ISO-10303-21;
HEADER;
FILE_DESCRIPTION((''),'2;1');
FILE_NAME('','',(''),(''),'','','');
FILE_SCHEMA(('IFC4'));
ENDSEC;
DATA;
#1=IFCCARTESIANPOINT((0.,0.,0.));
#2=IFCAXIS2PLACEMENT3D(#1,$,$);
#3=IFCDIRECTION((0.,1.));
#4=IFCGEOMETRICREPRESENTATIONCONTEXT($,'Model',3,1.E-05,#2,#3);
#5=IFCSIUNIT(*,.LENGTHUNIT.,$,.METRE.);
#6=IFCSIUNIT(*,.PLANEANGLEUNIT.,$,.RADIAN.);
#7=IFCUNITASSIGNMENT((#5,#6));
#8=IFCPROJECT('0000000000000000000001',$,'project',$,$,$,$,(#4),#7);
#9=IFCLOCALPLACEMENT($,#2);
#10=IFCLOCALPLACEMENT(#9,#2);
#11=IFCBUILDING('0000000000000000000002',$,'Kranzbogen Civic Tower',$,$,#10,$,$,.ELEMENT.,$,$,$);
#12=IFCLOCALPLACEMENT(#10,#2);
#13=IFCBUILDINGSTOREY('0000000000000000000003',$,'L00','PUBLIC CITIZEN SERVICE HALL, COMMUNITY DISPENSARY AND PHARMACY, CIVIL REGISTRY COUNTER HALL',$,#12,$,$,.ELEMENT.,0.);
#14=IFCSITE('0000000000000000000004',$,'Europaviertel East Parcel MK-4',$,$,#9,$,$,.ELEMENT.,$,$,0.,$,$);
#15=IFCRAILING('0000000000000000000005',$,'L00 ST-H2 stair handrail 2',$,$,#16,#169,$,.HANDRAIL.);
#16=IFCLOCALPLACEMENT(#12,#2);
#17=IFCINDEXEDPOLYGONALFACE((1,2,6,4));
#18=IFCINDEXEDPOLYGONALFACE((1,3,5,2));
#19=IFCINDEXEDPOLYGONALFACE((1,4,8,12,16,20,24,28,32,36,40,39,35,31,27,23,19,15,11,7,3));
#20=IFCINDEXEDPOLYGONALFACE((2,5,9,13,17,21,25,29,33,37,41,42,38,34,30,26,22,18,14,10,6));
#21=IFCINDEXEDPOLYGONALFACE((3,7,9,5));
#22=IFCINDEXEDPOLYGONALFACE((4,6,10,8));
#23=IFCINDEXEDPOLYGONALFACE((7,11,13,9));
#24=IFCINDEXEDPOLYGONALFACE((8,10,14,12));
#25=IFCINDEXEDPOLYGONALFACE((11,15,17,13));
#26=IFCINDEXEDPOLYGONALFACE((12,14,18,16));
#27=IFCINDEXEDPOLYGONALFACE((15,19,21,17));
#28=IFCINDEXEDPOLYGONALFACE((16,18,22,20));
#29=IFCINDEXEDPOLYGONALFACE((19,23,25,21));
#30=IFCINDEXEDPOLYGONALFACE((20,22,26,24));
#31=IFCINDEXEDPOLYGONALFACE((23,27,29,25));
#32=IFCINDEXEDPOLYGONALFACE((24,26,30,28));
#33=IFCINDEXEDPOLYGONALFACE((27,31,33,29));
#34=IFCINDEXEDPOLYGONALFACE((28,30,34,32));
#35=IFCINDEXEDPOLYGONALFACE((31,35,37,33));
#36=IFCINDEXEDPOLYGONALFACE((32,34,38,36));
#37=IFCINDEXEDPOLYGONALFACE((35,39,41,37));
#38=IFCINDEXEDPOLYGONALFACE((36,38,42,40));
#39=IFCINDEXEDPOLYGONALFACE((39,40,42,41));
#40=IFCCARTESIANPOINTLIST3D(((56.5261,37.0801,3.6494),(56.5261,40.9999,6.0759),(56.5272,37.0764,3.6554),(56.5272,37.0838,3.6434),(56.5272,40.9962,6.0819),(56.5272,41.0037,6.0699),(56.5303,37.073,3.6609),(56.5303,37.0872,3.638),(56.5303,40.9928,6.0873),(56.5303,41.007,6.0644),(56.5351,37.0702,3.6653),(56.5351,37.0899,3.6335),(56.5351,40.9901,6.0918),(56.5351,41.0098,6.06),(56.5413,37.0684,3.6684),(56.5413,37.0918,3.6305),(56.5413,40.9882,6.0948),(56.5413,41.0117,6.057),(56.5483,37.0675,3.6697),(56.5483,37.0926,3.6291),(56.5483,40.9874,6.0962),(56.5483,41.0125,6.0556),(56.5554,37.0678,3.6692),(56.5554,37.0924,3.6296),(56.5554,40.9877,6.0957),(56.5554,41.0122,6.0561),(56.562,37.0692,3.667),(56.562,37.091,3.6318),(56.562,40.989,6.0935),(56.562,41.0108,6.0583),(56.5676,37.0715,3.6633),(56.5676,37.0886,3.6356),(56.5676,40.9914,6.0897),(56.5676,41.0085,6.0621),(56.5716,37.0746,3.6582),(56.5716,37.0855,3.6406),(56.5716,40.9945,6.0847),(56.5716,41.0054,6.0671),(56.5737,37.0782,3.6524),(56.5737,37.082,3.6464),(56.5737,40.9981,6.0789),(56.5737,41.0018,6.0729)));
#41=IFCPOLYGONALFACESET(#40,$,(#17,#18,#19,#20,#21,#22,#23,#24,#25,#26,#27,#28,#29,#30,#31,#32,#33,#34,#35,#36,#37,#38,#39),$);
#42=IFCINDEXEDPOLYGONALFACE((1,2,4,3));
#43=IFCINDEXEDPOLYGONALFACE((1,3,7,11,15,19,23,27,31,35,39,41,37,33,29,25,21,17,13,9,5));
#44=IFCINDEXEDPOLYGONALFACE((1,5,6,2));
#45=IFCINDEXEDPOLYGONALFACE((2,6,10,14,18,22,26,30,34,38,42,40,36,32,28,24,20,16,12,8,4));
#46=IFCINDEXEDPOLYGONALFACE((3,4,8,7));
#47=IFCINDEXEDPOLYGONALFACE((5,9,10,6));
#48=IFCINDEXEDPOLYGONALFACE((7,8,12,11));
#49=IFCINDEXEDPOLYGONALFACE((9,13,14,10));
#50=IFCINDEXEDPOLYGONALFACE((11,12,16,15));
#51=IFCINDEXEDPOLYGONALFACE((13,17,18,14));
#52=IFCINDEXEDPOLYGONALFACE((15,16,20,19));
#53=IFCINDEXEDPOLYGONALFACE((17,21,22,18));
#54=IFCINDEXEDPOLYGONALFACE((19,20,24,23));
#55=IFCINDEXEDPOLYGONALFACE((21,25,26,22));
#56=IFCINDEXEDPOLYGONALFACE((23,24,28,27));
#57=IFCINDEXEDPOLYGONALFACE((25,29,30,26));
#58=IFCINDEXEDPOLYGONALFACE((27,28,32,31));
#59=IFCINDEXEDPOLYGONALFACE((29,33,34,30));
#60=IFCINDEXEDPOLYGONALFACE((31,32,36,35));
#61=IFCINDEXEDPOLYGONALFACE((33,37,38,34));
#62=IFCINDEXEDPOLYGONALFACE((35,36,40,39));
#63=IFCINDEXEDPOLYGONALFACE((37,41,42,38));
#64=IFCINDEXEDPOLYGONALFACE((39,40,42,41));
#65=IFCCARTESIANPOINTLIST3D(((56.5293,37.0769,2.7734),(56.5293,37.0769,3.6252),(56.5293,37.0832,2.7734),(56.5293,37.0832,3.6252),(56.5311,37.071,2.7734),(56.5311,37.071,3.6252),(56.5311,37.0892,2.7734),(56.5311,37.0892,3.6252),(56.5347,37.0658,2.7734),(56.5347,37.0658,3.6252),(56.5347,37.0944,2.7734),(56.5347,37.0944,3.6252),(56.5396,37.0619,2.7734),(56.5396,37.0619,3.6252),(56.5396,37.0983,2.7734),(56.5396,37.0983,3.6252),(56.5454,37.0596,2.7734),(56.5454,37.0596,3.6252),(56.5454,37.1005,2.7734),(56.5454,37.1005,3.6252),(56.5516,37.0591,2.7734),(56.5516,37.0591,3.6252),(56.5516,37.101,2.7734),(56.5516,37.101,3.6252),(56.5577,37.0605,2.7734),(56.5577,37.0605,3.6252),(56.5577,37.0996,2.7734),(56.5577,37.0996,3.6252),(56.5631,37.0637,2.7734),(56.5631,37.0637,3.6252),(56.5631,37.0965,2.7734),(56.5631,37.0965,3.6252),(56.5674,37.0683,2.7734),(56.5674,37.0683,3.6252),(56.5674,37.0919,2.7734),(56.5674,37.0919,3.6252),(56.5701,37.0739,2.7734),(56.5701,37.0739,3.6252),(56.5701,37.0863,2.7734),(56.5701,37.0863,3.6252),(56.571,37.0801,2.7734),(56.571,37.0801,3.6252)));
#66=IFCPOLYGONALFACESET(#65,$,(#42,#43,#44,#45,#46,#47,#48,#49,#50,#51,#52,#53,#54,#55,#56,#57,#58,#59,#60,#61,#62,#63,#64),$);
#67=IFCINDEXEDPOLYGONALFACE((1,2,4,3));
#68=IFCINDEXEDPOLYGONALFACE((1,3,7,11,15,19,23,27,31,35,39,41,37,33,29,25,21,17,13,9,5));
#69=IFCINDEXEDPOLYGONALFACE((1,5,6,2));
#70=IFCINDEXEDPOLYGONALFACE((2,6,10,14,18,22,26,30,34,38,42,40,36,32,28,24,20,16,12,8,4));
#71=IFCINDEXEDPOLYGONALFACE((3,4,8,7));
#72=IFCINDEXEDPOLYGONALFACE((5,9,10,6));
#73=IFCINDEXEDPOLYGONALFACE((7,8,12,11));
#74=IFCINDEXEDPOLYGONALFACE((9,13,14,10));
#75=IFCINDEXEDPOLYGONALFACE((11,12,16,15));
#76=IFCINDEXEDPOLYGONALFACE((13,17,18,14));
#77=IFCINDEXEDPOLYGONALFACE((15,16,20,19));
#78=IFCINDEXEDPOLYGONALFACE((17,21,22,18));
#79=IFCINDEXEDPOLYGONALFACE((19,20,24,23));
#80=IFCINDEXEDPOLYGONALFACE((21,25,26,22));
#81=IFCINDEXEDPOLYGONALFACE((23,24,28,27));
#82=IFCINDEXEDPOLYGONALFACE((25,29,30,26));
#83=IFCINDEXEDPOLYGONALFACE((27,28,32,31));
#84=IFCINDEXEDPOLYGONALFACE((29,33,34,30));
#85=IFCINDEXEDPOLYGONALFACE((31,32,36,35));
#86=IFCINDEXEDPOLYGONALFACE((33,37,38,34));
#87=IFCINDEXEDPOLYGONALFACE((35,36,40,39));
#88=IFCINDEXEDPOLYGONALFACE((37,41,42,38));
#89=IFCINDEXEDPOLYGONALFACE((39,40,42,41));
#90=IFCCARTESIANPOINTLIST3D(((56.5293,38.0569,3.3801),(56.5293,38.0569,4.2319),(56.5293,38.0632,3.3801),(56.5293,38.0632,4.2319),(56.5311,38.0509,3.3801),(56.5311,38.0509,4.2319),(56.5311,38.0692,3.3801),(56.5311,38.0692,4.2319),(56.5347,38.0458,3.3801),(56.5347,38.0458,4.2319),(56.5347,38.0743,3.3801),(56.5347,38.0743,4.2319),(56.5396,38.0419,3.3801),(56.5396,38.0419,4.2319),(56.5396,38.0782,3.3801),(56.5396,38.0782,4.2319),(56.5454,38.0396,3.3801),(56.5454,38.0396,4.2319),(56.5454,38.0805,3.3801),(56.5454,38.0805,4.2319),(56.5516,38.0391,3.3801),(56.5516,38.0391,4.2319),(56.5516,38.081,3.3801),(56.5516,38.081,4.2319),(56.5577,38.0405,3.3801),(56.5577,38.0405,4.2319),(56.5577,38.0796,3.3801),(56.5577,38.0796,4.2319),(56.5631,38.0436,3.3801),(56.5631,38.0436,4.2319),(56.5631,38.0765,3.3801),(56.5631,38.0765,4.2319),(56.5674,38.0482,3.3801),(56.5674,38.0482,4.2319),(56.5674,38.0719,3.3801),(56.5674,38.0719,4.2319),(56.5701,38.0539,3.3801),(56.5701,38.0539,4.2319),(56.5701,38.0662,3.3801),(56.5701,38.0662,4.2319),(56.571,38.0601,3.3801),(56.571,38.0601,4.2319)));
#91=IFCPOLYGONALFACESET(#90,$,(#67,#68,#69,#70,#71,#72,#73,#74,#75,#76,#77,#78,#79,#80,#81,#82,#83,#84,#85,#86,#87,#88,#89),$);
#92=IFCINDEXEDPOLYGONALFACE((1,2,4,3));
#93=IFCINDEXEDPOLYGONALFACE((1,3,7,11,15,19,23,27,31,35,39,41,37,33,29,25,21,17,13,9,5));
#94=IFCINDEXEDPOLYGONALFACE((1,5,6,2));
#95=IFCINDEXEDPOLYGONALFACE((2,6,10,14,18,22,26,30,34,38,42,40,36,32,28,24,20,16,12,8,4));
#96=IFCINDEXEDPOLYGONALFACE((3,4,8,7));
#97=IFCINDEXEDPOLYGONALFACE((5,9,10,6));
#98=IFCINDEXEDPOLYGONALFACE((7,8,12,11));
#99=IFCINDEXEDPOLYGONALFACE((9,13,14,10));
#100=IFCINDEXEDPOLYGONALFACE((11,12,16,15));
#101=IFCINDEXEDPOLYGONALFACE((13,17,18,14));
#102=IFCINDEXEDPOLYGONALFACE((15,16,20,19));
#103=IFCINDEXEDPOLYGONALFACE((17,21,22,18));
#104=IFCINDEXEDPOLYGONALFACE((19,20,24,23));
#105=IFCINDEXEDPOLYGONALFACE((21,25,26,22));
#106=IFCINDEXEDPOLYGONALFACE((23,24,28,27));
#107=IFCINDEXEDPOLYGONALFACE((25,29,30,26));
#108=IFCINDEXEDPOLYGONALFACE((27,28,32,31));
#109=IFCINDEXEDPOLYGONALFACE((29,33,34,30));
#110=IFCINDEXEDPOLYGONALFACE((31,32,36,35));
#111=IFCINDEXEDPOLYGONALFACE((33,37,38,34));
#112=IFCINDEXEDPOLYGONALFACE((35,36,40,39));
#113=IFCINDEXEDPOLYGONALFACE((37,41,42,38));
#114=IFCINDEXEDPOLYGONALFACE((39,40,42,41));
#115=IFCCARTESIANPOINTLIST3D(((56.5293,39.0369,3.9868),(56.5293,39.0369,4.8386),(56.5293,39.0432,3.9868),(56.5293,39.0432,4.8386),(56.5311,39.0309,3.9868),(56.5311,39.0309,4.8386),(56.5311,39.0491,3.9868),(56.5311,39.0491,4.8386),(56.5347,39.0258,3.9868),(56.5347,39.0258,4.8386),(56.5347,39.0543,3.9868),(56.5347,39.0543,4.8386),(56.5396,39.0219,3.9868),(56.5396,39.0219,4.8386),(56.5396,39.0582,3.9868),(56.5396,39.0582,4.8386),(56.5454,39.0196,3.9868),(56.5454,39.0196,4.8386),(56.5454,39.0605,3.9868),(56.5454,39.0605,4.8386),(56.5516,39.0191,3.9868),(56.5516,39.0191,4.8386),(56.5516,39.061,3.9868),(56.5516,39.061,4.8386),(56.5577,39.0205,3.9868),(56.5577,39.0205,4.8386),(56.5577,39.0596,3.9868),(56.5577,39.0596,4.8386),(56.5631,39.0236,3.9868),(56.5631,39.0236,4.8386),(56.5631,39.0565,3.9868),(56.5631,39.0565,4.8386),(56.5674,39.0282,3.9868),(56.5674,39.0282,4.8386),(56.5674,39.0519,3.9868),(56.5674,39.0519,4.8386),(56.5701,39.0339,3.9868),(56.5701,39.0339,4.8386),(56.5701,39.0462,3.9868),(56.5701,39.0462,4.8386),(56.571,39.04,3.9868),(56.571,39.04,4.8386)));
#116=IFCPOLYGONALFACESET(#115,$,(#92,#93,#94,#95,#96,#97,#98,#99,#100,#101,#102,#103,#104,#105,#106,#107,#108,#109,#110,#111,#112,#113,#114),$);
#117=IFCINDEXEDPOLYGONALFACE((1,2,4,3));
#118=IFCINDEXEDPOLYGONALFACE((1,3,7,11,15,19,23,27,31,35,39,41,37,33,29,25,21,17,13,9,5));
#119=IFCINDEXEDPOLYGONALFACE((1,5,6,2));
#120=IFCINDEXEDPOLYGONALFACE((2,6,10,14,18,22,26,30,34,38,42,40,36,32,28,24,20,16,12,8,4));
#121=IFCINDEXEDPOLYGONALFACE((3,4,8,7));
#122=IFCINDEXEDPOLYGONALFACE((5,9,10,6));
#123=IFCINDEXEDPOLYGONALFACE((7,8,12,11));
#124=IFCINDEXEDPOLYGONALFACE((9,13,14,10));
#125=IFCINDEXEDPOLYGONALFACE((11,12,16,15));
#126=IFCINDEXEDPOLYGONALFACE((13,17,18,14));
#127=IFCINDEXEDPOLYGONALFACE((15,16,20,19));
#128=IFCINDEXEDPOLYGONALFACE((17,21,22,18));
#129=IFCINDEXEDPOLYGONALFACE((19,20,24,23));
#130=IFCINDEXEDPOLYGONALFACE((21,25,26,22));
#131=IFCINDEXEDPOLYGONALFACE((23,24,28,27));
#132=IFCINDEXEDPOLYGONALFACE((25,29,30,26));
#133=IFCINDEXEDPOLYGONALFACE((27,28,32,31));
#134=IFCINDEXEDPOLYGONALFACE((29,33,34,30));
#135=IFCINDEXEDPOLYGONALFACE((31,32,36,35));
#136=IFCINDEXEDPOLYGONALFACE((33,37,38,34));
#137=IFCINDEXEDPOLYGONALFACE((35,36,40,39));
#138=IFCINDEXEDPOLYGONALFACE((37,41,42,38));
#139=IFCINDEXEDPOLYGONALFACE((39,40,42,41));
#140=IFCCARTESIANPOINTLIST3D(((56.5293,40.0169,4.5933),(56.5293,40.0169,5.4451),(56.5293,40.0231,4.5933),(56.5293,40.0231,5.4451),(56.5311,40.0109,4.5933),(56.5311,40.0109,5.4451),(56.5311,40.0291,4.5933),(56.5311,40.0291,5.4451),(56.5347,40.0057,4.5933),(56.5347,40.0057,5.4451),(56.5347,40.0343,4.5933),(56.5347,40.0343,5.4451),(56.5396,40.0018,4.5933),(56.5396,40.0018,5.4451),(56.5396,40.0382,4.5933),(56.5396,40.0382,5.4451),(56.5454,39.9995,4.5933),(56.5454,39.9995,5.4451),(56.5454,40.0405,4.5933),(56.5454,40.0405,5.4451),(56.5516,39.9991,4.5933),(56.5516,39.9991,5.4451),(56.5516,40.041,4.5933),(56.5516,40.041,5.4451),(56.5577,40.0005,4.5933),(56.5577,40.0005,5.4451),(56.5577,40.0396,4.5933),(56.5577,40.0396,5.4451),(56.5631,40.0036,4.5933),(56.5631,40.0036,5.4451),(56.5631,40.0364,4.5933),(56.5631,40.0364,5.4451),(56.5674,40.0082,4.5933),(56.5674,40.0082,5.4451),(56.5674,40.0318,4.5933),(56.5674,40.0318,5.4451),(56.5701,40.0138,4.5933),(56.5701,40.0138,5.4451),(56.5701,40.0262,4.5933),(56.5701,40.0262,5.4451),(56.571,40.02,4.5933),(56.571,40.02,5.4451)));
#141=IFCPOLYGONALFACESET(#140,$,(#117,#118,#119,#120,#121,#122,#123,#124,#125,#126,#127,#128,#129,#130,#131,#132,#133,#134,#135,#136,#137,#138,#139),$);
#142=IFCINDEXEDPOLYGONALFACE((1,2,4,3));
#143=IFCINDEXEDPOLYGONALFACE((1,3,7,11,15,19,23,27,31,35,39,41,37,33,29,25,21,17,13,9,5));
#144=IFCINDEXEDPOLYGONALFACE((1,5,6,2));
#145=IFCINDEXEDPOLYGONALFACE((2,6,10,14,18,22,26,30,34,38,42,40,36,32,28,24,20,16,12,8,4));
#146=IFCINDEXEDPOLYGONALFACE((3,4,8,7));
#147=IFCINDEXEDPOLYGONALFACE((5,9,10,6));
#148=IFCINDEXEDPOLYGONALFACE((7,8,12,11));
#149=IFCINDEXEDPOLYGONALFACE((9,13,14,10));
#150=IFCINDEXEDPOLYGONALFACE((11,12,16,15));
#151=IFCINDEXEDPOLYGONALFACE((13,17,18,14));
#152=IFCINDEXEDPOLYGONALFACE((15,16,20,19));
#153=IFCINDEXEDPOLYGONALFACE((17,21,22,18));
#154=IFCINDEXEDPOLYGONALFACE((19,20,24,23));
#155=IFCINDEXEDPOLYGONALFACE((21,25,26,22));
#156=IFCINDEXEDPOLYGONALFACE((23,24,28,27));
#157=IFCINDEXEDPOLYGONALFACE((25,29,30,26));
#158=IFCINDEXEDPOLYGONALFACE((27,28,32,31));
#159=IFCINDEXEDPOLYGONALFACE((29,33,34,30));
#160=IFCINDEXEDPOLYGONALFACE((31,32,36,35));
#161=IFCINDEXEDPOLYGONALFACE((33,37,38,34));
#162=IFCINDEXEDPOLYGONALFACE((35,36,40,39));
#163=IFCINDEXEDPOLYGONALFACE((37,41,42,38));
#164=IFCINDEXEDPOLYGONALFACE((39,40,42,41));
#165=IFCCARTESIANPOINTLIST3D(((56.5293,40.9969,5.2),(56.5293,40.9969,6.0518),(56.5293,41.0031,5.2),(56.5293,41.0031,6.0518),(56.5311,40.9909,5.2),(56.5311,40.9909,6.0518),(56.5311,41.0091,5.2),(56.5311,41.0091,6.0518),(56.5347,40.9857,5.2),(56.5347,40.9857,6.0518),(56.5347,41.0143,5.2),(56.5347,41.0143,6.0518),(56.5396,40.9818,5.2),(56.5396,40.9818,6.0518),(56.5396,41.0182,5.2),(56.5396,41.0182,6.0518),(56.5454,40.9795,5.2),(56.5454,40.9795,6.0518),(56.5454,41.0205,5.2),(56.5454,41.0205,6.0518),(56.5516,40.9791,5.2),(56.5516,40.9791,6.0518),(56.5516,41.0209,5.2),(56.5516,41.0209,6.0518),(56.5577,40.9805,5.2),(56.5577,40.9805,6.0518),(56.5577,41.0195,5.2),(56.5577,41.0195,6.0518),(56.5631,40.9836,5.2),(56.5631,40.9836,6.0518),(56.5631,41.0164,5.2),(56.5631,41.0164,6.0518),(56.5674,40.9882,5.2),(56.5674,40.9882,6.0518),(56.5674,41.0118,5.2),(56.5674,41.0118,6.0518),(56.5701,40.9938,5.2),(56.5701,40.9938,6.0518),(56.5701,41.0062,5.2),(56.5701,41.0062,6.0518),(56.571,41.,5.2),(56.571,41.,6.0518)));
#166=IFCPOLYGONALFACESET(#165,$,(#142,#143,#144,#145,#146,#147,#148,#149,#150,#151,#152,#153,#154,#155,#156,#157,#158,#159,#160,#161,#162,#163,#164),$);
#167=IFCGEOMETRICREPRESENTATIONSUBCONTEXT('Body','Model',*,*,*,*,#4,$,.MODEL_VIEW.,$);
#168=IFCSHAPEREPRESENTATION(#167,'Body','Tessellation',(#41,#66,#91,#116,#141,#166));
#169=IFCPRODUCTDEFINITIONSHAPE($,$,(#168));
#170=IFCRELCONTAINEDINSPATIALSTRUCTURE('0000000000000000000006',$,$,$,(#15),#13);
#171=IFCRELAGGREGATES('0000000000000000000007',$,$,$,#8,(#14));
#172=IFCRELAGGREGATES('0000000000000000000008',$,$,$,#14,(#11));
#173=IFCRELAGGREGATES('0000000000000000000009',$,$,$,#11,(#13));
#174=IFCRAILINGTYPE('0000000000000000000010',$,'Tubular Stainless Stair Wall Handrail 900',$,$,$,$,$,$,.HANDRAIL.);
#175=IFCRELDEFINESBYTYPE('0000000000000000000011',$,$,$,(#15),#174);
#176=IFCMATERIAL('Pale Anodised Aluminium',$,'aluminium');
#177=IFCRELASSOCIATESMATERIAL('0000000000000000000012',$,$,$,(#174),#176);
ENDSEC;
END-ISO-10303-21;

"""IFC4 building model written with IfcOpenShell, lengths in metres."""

from ifc_helpers import new_model, si_unit, direction, frame, origin, origin_2d, place, context, subcontext, project, spatial, circle, extrude, material, type_object, element, save


model = new_model("IFC4")

# Units and contexts
model_context = context("Model", 3, precision=1e-05, world=origin(), true_north=direction((0.0, 1.0)))
body_context = subcontext(model_context, "Body", "Model", "MODEL_VIEW")
ifc_project = project(units=[si_unit("LENGTHUNIT", "METRE"), si_unit("PLANEANGLEUNIT", "RADIAN")], contexts=[model_context])

# Site, building, storey
site_placement = place(None, origin())
site = spatial("IfcSite", under=ifc_project, at=site_placement, Name="Europaviertel East Parcel MK-4", CompositionType="ELEMENT", RefElevation=0.0)
building_placement = place(site_placement, origin())
building = spatial("IfcBuilding", under=site, at=building_placement, Name="Kranzbogen Civic Tower", CompositionType="ELEMENT")
storey_placement = place(building_placement, origin())
storey = spatial("IfcBuildingStorey", under=building, at=storey_placement, Name="L00", Description="PUBLIC CITIZEN SERVICE HALL, COMMUNITY DISPENSARY AND PHARMACY, CIVIL REGISTRY COUNTER HALL", CompositionType="ELEMENT", Elevation=0.0)

# Railing
ifc_material_1 = material(Name="Pale Anodised Aluminium", Category="aluminium")
railing_type_1 = type_object("IfcRailingType", Name="Tubular Stainless Stair Wall Handrail 900", PredefinedType="HANDRAIL", material=ifc_material_1)
railing_1_placement = place(storey_placement, frame((56.55, 37.0801, 2.7734)))
element("IfcRailing", 1, at=railing_1_placement, inside=storey, type_object=railing_type_1, Name="L00 ST-H2 stair handrail 2", PredefinedType="HANDRAIL", context=body_context, shape_type="SweptSolid", body=[
    extrude(circle(Radius=0.0239, at=origin_2d()), frame((0.0, 0.0, 0.876), z_axis=(0.0, 0.850275, 0.526338), x_axis=(-1.0, 0.0, 0.0)), (0.0, 0.0, 1.0), 4.6101),
    extrude(circle(Radius=0.021, at=origin_2d()), origin(), (0.0, 0.0, 1.0), 0.8518),
    extrude(circle(Radius=0.021, at=origin_2d()), frame((0.0, 0.98, 0.6067)), (0.0, 0.0, 1.0), 0.8518),
    extrude(circle(Radius=0.021, at=origin_2d()), frame((0.0, 1.96, 1.2134)), (0.0, 0.0, 1.0), 0.8518),
    extrude(circle(Radius=0.021, at=origin_2d()), frame((0.0, 2.9399, 1.8198)), (0.0, 0.0, 1.0), 0.8518),
    extrude(circle(Radius=0.021, at=origin_2d()), frame((0.0, 3.9199, 2.4265)), (0.0, 0.0, 1.0), 0.8518),
])

save(model, "model.ifc")
